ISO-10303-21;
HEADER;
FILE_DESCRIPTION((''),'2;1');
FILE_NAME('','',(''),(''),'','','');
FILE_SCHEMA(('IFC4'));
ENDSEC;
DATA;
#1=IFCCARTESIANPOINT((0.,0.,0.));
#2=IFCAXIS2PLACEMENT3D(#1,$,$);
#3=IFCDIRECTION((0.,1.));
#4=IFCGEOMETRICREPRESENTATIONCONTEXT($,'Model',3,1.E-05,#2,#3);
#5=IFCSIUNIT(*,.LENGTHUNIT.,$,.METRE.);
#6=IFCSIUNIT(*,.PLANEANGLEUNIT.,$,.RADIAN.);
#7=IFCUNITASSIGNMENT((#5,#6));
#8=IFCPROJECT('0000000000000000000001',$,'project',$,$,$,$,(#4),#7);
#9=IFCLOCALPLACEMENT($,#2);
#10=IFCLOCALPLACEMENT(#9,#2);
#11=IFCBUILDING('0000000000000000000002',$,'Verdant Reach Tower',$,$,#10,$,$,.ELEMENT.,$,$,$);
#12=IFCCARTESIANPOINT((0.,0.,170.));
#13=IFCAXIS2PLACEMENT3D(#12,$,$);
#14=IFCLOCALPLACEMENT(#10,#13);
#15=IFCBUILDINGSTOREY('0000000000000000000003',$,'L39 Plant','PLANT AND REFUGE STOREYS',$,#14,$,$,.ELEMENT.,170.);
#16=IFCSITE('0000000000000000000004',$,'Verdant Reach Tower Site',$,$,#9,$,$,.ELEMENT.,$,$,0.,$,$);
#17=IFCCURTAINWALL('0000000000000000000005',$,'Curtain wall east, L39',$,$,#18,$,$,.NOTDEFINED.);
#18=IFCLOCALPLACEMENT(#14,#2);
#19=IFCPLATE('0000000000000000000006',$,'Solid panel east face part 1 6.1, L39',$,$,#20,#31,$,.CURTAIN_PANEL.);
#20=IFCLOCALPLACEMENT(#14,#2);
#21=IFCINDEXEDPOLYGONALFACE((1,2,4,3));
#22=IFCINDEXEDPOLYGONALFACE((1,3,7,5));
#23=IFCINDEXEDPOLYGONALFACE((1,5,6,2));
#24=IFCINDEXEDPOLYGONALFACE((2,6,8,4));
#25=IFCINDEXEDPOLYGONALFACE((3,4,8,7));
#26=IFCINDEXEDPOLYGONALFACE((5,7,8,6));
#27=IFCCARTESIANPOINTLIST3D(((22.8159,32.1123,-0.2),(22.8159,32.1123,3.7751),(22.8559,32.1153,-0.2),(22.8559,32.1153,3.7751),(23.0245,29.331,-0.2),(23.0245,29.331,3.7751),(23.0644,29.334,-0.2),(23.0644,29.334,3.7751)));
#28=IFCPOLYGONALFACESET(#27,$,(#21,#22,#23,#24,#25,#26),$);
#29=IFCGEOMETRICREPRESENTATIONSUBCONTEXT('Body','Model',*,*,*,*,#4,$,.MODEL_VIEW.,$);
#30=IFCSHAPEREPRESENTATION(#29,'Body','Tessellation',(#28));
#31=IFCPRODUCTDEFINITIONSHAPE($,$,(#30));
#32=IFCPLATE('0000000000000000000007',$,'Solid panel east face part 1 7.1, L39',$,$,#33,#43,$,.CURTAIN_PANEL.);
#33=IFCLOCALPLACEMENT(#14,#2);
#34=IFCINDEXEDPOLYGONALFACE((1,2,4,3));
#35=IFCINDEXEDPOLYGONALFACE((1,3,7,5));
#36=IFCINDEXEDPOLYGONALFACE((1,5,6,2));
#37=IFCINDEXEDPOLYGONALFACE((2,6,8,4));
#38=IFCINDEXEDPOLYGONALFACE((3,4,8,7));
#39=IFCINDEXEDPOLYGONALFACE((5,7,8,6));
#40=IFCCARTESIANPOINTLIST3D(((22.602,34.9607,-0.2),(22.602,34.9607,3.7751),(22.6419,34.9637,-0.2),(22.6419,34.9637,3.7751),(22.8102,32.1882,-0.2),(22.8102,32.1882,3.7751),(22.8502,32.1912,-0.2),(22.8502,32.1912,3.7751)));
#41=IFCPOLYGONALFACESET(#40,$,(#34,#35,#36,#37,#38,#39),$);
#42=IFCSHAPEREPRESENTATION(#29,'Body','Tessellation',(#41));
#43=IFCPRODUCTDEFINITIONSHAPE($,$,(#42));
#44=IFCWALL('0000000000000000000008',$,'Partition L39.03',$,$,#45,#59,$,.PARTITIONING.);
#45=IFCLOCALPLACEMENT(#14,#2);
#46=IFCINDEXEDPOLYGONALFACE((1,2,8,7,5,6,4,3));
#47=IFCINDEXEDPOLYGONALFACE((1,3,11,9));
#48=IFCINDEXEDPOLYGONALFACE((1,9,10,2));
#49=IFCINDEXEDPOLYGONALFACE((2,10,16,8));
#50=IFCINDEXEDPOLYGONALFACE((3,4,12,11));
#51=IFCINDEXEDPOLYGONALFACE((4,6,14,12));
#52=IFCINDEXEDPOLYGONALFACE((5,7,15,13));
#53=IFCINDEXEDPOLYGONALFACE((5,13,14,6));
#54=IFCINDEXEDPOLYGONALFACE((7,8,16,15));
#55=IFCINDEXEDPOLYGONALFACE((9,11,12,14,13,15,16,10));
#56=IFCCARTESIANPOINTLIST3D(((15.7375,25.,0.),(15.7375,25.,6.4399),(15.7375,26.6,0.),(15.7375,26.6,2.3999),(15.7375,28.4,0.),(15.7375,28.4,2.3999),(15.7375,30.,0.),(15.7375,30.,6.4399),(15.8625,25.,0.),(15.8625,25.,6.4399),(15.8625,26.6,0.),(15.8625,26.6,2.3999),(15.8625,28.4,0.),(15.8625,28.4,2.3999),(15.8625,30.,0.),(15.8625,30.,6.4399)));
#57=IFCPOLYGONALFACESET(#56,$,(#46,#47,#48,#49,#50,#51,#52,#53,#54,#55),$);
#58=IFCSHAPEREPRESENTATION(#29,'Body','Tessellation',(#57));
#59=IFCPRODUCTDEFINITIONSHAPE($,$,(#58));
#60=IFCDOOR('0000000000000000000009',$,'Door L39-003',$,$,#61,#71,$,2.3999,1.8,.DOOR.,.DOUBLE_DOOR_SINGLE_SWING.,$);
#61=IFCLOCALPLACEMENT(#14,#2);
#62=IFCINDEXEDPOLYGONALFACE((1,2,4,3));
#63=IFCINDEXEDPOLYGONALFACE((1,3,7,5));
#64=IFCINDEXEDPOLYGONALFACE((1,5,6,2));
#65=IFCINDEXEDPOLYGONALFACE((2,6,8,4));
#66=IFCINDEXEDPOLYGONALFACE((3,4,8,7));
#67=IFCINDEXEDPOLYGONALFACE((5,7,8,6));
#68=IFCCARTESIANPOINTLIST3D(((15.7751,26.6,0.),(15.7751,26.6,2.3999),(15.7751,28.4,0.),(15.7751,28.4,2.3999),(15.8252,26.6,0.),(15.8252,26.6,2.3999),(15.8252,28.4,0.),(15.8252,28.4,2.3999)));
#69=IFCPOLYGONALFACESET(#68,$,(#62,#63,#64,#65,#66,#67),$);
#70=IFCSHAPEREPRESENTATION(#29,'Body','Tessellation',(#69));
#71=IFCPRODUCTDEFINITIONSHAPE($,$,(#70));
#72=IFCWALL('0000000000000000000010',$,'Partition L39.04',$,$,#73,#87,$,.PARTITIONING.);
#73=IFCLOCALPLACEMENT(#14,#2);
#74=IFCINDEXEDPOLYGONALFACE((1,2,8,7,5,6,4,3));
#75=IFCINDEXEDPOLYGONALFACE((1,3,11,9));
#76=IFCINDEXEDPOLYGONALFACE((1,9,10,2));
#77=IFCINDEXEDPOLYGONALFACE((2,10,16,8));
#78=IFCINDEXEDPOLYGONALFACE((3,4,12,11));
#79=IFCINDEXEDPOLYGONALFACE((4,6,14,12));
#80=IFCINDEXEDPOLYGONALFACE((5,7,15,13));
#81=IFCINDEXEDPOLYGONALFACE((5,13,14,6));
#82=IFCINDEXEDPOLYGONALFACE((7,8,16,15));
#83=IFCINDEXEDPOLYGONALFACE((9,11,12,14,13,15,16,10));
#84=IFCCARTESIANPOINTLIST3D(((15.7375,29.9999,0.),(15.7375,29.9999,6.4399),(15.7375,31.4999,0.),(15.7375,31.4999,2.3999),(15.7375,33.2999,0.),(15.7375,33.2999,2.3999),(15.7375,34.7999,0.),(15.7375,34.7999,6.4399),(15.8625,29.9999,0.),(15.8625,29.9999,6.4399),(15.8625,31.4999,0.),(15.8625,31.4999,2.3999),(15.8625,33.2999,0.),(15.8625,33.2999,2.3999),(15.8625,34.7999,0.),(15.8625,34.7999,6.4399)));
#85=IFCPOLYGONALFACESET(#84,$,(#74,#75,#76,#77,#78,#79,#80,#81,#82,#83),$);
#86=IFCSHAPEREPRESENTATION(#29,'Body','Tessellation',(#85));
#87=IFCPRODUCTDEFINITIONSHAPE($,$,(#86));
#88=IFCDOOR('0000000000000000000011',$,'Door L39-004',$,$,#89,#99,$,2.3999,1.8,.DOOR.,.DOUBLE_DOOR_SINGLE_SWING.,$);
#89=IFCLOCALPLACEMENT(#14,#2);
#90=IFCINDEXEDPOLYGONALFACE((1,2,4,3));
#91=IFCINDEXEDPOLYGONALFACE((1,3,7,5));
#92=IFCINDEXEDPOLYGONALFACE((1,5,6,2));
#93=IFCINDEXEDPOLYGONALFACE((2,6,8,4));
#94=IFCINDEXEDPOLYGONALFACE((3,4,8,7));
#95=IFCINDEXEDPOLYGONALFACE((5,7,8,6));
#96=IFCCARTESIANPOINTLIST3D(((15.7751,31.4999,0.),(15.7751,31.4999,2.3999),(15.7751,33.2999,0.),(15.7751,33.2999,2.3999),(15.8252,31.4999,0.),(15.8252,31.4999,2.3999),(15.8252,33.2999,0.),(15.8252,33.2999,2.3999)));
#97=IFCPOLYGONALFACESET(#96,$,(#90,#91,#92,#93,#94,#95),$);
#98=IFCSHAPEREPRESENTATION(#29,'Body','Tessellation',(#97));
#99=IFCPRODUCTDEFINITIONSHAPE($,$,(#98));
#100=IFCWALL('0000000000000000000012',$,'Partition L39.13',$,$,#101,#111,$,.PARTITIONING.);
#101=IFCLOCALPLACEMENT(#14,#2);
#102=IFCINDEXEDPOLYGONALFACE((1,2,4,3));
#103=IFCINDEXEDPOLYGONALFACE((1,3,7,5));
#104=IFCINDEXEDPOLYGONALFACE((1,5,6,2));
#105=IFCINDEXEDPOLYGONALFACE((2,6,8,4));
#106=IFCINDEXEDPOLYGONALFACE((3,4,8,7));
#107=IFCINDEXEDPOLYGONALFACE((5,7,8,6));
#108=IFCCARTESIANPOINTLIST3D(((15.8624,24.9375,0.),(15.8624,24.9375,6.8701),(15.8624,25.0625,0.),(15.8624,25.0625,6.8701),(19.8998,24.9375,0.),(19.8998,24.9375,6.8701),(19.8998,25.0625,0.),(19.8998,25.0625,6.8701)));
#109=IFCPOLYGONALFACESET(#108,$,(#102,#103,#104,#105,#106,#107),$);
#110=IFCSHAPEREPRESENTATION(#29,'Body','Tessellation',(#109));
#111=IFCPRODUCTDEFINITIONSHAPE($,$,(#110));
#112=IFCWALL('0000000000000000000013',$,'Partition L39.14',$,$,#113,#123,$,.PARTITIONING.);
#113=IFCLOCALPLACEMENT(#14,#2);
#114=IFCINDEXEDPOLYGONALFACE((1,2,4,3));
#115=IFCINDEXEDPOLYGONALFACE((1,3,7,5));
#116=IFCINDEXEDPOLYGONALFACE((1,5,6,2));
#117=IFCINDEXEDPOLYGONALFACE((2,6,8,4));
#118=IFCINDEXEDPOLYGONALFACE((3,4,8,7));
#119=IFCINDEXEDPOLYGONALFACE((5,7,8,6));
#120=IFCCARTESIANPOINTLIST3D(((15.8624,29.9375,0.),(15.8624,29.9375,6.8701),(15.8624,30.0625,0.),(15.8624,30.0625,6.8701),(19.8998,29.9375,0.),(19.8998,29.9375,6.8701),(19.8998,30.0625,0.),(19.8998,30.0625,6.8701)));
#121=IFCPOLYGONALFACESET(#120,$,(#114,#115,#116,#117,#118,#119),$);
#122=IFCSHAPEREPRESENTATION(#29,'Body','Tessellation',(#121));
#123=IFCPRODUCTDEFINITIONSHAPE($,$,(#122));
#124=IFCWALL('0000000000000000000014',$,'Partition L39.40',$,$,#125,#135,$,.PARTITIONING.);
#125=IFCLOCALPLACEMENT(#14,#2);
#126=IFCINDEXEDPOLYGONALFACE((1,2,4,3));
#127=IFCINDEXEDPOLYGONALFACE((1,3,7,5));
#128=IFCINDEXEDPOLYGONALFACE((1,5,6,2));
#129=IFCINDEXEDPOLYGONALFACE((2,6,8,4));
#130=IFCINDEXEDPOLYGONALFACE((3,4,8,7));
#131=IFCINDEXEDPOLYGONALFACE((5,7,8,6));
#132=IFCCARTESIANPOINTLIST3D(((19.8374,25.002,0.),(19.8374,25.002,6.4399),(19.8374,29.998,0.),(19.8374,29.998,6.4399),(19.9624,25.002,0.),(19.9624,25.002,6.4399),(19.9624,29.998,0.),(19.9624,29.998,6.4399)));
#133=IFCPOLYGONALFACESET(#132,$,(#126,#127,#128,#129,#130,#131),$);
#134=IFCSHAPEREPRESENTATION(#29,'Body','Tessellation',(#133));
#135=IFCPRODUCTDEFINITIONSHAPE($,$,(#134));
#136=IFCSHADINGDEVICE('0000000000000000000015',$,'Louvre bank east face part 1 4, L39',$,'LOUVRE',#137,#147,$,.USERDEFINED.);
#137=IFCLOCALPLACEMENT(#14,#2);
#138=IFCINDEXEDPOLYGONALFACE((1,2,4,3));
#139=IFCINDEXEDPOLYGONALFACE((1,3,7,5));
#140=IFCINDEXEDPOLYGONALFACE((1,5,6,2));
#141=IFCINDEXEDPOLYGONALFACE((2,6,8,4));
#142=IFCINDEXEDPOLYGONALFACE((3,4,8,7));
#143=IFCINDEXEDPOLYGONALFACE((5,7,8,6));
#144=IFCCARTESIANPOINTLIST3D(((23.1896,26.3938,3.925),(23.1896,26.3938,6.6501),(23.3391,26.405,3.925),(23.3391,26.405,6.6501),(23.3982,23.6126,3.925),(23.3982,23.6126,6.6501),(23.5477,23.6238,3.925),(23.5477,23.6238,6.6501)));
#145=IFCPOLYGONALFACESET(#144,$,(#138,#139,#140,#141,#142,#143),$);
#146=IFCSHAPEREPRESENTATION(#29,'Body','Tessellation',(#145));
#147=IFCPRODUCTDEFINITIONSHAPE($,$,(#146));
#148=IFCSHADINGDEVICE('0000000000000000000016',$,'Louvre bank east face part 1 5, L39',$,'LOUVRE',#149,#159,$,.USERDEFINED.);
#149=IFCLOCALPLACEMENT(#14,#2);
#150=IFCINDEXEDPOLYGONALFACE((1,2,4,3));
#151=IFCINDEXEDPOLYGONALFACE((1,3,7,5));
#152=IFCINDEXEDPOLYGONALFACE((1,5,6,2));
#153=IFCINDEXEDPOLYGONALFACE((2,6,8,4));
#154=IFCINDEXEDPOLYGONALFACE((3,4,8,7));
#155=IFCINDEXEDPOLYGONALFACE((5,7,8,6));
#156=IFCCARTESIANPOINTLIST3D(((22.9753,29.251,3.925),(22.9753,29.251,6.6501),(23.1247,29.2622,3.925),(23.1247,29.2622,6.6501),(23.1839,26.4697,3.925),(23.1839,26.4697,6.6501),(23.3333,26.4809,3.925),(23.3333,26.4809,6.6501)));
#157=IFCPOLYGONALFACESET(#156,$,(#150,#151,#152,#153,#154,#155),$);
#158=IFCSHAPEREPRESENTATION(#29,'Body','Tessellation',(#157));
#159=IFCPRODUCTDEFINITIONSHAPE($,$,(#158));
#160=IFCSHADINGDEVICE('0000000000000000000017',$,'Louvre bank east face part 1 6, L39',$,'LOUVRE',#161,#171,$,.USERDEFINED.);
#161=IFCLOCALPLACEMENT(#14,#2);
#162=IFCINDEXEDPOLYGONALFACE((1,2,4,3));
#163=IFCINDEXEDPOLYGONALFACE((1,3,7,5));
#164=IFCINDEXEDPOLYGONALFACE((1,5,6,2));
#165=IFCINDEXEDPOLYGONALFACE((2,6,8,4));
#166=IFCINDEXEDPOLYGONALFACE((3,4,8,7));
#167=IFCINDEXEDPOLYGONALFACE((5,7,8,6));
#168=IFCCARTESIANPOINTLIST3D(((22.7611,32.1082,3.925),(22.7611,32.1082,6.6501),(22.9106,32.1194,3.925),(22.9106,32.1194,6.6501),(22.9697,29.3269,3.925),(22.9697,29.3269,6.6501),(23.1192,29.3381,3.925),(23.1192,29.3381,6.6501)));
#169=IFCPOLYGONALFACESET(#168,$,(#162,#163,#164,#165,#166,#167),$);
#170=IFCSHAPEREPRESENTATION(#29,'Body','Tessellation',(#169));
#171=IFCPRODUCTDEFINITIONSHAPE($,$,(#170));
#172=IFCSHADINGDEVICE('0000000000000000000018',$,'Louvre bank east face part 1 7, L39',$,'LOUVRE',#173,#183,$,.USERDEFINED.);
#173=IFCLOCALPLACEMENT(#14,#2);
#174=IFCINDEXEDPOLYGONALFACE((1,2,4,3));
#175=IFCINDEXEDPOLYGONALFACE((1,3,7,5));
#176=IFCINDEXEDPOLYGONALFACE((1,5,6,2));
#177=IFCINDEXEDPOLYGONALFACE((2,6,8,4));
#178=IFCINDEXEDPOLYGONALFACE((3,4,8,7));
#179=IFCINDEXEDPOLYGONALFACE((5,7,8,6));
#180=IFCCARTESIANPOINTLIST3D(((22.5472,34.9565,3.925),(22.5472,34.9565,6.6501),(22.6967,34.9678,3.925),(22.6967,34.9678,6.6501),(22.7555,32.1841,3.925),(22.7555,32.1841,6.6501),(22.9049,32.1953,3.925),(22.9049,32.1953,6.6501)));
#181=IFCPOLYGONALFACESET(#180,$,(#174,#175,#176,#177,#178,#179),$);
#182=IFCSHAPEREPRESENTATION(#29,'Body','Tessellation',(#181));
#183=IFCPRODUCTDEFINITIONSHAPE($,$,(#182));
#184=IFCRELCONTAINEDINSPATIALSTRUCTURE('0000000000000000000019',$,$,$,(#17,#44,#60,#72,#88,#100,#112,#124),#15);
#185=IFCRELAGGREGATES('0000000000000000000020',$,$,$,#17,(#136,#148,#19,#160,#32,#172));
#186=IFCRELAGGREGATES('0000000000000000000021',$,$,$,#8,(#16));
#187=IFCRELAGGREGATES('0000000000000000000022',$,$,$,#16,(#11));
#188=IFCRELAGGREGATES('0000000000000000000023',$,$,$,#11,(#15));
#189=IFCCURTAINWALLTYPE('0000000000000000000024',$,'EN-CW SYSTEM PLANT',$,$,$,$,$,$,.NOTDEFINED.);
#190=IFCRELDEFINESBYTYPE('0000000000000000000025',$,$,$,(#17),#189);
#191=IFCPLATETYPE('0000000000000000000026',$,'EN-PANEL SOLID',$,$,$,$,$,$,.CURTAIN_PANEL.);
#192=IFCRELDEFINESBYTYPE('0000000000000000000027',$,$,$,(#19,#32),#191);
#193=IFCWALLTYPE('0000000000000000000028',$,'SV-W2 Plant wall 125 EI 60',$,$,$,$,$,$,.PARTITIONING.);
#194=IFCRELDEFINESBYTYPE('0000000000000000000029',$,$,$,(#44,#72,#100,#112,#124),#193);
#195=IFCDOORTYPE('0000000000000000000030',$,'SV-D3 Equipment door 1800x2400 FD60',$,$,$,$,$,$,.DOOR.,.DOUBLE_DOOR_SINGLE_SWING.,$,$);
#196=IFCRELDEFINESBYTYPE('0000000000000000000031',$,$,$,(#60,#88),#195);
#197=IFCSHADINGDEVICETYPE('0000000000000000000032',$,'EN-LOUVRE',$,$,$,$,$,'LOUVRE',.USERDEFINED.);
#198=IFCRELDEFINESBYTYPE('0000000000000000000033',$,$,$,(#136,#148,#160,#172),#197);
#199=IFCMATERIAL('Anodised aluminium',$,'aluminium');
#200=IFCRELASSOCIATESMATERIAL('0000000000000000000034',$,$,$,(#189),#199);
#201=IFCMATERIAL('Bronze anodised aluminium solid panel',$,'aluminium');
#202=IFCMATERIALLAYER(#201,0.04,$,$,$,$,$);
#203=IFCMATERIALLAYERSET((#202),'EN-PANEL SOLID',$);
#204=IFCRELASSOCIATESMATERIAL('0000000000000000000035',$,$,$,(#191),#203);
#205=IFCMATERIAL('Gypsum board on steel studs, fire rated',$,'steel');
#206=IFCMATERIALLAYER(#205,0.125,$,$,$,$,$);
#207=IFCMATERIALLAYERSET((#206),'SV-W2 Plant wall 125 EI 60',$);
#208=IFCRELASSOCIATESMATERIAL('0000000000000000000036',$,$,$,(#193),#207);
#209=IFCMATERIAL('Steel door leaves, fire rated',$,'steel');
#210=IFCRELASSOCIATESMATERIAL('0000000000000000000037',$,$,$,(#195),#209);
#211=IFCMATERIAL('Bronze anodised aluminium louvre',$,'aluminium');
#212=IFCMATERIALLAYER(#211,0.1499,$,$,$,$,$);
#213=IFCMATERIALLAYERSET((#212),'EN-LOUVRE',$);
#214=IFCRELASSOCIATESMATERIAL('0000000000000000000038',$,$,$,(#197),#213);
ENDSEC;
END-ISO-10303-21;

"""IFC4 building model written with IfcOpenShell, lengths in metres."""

from ifc_helpers import new_model, si_unit, direction, frame, frame_2d, origin, origin_2d, place, context, subcontext, project, spatial, rectangle, extrude, material, layer, layer_set, type_object, element, fill, aggregate, save


model = new_model("IFC4")

# Units and contexts
model_context = context("Model", 3, precision=1e-05, world=origin(), true_north=direction((0.0, 1.0)))
body_context = subcontext(model_context, "Body", "Model", "MODEL_VIEW")
ifc_project = project(units=[si_unit("LENGTHUNIT", "METRE"), si_unit("PLANEANGLEUNIT", "RADIAN")], contexts=[model_context])

# Site, building, storey
site_placement = place(None, origin())
site = spatial("IfcSite", under=ifc_project, at=site_placement, Name="Verdant Reach Tower Site", CompositionType="ELEMENT", RefElevation=0.0)
building_placement = place(site_placement, origin())
building = spatial("IfcBuilding", under=site, at=building_placement, Name="Verdant Reach Tower", CompositionType="ELEMENT")
storey_placement = place(building_placement, frame((0.0, 0.0, 170.0)))
storey = spatial("IfcBuildingStorey", under=building, at=storey_placement, Name="L39 Plant", Description="PLANT AND REFUGE STOREYS", CompositionType="ELEMENT", Elevation=170.0)

# Curtain wall
ifc_material_1 = material(Name="Anodised aluminium", Category="aluminium")
curtain_wall_type = type_object("IfcCurtainWallType", Name="EN-CW SYSTEM PLANT", PredefinedType="NOTDEFINED", material=ifc_material_1)
curtain_wall_placement = place(storey_placement, origin())
curtain_wall = element("IfcCurtainWall", 1, at=curtain_wall_placement, inside=storey, type_object=curtain_wall_type, Name="Curtain wall east, L39", PredefinedType="NOTDEFINED")

# Plates
ifc_material_2 = material(Name="Bronze anodised aluminium solid panel", Category="aluminium")
ifc_layer_1 = layer(ifc_material_2, 0.04)
ifc_layer_set_1 = layer_set([ifc_layer_1], Name="EN-PANEL SOLID")
plate_type = type_object("IfcPlateType", Name="EN-PANEL SOLID", PredefinedType="CURTAIN_PANEL", material=ifc_layer_set_1)
plate_1_placement = place(storey_placement, frame((22.9402, 30.7231, -0.2), z_axis=(0.0, 0.0, 1.0), x_axis=(-0.07479, 0.997199, 0.0)))
plate_1 = element("IfcPlate", 2, at=plate_1_placement, type_object=plate_type, Name="Solid panel east face part 1 6.1, L39", PredefinedType="CURTAIN_PANEL", context=body_context, shape_type="SweptSolid", body=[
    extrude(rectangle(XDim=2.7891, YDim=0.04, at=origin_2d()), origin(), (0.0, 0.0, 1.0), 3.9751),
])
plate_2_placement = place(storey_placement, frame((22.7261, 33.5759, -0.2), z_axis=(0.0, 0.0, 1.0), x_axis=(-0.074906, 0.997191, 0.0)))
plate_2 = element("IfcPlate", 3, at=plate_2_placement, type_object=plate_type, Name="Solid panel east face part 1 7.1, L39", PredefinedType="CURTAIN_PANEL", context=body_context, shape_type="SweptSolid", body=[
    extrude(rectangle(XDim=2.7803, YDim=0.04, at=origin_2d()), origin(), (0.0, 0.0, 1.0), 3.9751),
])

# Walls, openings, doors
ifc_material_3 = material(Name="Gypsum board on steel studs, fire rated", Category="steel")
ifc_layer_2 = layer(ifc_material_3, 0.125)
ifc_layer_set_2 = layer_set([ifc_layer_2], Name="SV-W2 Plant wall 125 EI 60")
wall_type = type_object("IfcWallType", Name="SV-W2 Plant wall 125 EI 60", PredefinedType="PARTITIONING", material=ifc_layer_set_2)
wall_1_placement = place(storey_placement, frame((15.8, 25.0, 0.0), z_axis=(0.0, 0.0, 1.0), x_axis=(0.0, 1.0, 0.0)))
wall_1 = element("IfcWall", 4, at=wall_1_placement, inside=storey, type_object=wall_type, Name="Partition L39.03", PredefinedType="PARTITIONING", context=body_context, shape_type="SweptSolid", body=[
    extrude(rectangle(XDim=5.0, YDim=0.125, at=frame_2d((2.5, 0.0))), origin(), (0.0, 0.0, 1.0), 6.4399),
])
opening_1_placement = place(wall_1_placement, frame((1.6001, 0.0, 0.0)))
opening_1 = element("IfcOpeningElement", 5, at=opening_1_placement, cuts=wall_1, PredefinedType="OPENING", context=body_context, shape_type="SweptSolid", body=[
    extrude(rectangle(XDim=1.8, YDim=2.3999, at=frame_2d((0.8999, 1.2))), frame((0.0, 0.0725, 0.0), z_axis=(0.0, -1.0, 0.0), x_axis=(1.0, 0.0, 0.0)), (0.0, 0.0, 1.0), 0.145),
])
ifc_material_4 = material(Name="Steel door leaves, fire rated", Category="steel")
door_type = type_object("IfcDoorType", Name="SV-D3 Equipment door 1800x2400 FD60", OperationType="DOUBLE_DOOR_SINGLE_SWING", PredefinedType="DOOR", material=ifc_material_4)
door_1_placement = place(opening_1_placement, origin())
door_1 = element("IfcDoor", 6, at=door_1_placement, inside=storey, type_object=door_type, Name="Door L39-003", OperationType="DOUBLE_DOOR_SINGLE_SWING", OverallHeight=2.3999, OverallWidth=1.8, PredefinedType="DOOR", context=body_context, shape_type="SweptSolid", body=[
    extrude(rectangle(XDim=1.8, YDim=2.3999, at=frame_2d((0.8999, 1.2))), frame((0.0, 0.0249, 0.0), z_axis=(0.0, -1.0, 0.0), x_axis=(1.0, 0.0, 0.0)), (0.0, 0.0, 1.0), 0.05),
])
fill(opening_1, door_1)
wall_2_placement = place(storey_placement, frame((15.8, 30.0, 0.0), z_axis=(0.0, 0.0, 1.0), x_axis=(0.0, 1.0, 0.0)))
wall_2 = element("IfcWall", 7, at=wall_2_placement, inside=storey, type_object=wall_type, Name="Partition L39.04", PredefinedType="PARTITIONING", context=body_context, shape_type="SweptSolid", body=[
    extrude(rectangle(XDim=4.8, YDim=0.125, at=frame_2d((2.3999, 0.0))), origin(), (0.0, 0.0, 1.0), 6.4399),
])
opening_2_placement = place(wall_2_placement, frame((1.5, 0.0, 0.0)))
opening_2 = element("IfcOpeningElement", 8, at=opening_2_placement, cuts=wall_2, PredefinedType="OPENING", context=body_context, shape_type="SweptSolid", body=[
    extrude(rectangle(XDim=1.8, YDim=2.3999, at=frame_2d((0.8999, 1.2))), frame((0.0, 0.0725, 0.0), z_axis=(0.0, -1.0, 0.0), x_axis=(1.0, 0.0, 0.0)), (0.0, 0.0, 1.0), 0.145),
])
door_2_placement = place(opening_2_placement, origin())
door_2 = element("IfcDoor", 9, at=door_2_placement, inside=storey, type_object=door_type, Name="Door L39-004", OperationType="DOUBLE_DOOR_SINGLE_SWING", OverallHeight=2.3999, OverallWidth=1.8, PredefinedType="DOOR", context=body_context, shape_type="SweptSolid", body=[
    extrude(rectangle(XDim=1.8, YDim=2.3999, at=frame_2d((0.8999, 1.2))), frame((0.0, 0.0249, 0.0), z_axis=(0.0, -1.0, 0.0), x_axis=(1.0, 0.0, 0.0)), (0.0, 0.0, 1.0), 0.05),
])
fill(opening_2, door_2)

# Walls
for number, where, z_axis, x_axis, name in (
    (10, (15.8625, 25.0, 0.0), (0.0, 0.0, 1.0), (1.0, 0.0, 0.0), "Partition L39.13"),
    (11, (15.8625, 30.0, 0.0), (0.0, 0.0, 1.0), (1.0, 0.0, 0.0), "Partition L39.14"),
):
    element("IfcWall", number, at=place(storey_placement, frame(where, z_axis=z_axis, x_axis=x_axis)), inside=storey, type_object=wall_type, Name=name, PredefinedType="PARTITIONING", context=body_context, shape_type="SweptSolid", body=[
        extrude(rectangle(XDim=4.0374, YDim=0.125, at=frame_2d((2.0186, 0.0))), origin(), (0.0, 0.0, 1.0), 6.8701),
    ])
wall_3_placement = place(storey_placement, frame((19.8999, 29.998, 0.0), z_axis=(0.0, 0.0, 1.0), x_axis=(0.0, -1.0, 0.0)))
element("IfcWall", 12, at=wall_3_placement, inside=storey, type_object=wall_type, Name="Partition L39.40", PredefinedType="PARTITIONING", context=body_context, shape_type="SweptSolid", body=[
    extrude(rectangle(XDim=4.9961, YDim=0.125, at=frame_2d((2.498, 0.0))), origin(), (0.0, 0.0, 1.0), 6.4399),
])

# Shading devices
ifc_material_5 = material(Name="Bronze anodised aluminium louvre", Category="aluminium")
ifc_layer_3 = layer(ifc_material_5, 0.1499)
ifc_layer_set_3 = layer_set([ifc_layer_3], Name="EN-LOUVRE")
shading_device_type = type_object("IfcShadingDeviceType", Name="EN-LOUVRE", ElementType="LOUVRE", PredefinedType="USERDEFINED", material=ifc_layer_set_3)
shading_device_1_placement = place(storey_placement, frame((23.3687, 25.0088, 3.925), z_axis=(0.0, 0.0, 1.0), x_axis=(-0.07479, 0.997199, 0.0)))
shading_device_1 = element("IfcShadingDevice", 13, at=shading_device_1_placement, type_object=shading_device_type, Name="Louvre bank east face part 1 4, L39", ObjectType="LOUVRE", PredefinedType="USERDEFINED", context=body_context, shape_type="SweptSolid", body=[
    extrude(rectangle(XDim=2.7891, YDim=0.1499, at=origin_2d()), origin(), (0.0, 0.0, 1.0), 2.7251),
])
shading_device_2_placement = place(storey_placement, frame((23.1543, 27.866, 3.925), z_axis=(0.0, 0.0, 1.0), x_axis=(-0.07479, 0.997199, 0.0)))
shading_device_2 = element("IfcShadingDevice", 14, at=shading_device_2_placement, type_object=shading_device_type, Name="Louvre bank east face part 1 5, L39", ObjectType="LOUVRE", PredefinedType="USERDEFINED", context=body_context, shape_type="SweptSolid", body=[
    extrude(rectangle(XDim=2.7891, YDim=0.1499, at=origin_2d()), origin(), (0.0, 0.0, 1.0), 2.7251),
])
shading_device_3_placement = place(storey_placement, frame((22.9402, 30.7231, 3.925), z_axis=(0.0, 0.0, 1.0), x_axis=(-0.07479, 0.997199, 0.0)))
shading_device_3 = element("IfcShadingDevice", 15, at=shading_device_3_placement, type_object=shading_device_type, Name="Louvre bank east face part 1 6, L39", ObjectType="LOUVRE", PredefinedType="USERDEFINED", context=body_context, shape_type="SweptSolid", body=[
    extrude(rectangle(XDim=2.7891, YDim=0.1499, at=origin_2d()), origin(), (0.0, 0.0, 1.0), 2.7251),
])
shading_device_4_placement = place(storey_placement, frame((22.7261, 33.5759, 3.925), z_axis=(0.0, 0.0, 1.0), x_axis=(-0.074906, 0.997191, 0.0)))
shading_device_4 = element("IfcShadingDevice", 16, at=shading_device_4_placement, type_object=shading_device_type, Name="Louvre bank east face part 1 7, L39", ObjectType="LOUVRE", PredefinedType="USERDEFINED", context=body_context, shape_type="SweptSolid", body=[
    extrude(rectangle(XDim=2.7803, YDim=0.1499, at=origin_2d()), origin(), (0.0, 0.0, 1.0), 2.7251),
])
aggregate(curtain_wall, [shading_device_1, shading_device_2, plate_1, shading_device_3, plate_2, shading_device_4])

save(model, "model.ifc")
